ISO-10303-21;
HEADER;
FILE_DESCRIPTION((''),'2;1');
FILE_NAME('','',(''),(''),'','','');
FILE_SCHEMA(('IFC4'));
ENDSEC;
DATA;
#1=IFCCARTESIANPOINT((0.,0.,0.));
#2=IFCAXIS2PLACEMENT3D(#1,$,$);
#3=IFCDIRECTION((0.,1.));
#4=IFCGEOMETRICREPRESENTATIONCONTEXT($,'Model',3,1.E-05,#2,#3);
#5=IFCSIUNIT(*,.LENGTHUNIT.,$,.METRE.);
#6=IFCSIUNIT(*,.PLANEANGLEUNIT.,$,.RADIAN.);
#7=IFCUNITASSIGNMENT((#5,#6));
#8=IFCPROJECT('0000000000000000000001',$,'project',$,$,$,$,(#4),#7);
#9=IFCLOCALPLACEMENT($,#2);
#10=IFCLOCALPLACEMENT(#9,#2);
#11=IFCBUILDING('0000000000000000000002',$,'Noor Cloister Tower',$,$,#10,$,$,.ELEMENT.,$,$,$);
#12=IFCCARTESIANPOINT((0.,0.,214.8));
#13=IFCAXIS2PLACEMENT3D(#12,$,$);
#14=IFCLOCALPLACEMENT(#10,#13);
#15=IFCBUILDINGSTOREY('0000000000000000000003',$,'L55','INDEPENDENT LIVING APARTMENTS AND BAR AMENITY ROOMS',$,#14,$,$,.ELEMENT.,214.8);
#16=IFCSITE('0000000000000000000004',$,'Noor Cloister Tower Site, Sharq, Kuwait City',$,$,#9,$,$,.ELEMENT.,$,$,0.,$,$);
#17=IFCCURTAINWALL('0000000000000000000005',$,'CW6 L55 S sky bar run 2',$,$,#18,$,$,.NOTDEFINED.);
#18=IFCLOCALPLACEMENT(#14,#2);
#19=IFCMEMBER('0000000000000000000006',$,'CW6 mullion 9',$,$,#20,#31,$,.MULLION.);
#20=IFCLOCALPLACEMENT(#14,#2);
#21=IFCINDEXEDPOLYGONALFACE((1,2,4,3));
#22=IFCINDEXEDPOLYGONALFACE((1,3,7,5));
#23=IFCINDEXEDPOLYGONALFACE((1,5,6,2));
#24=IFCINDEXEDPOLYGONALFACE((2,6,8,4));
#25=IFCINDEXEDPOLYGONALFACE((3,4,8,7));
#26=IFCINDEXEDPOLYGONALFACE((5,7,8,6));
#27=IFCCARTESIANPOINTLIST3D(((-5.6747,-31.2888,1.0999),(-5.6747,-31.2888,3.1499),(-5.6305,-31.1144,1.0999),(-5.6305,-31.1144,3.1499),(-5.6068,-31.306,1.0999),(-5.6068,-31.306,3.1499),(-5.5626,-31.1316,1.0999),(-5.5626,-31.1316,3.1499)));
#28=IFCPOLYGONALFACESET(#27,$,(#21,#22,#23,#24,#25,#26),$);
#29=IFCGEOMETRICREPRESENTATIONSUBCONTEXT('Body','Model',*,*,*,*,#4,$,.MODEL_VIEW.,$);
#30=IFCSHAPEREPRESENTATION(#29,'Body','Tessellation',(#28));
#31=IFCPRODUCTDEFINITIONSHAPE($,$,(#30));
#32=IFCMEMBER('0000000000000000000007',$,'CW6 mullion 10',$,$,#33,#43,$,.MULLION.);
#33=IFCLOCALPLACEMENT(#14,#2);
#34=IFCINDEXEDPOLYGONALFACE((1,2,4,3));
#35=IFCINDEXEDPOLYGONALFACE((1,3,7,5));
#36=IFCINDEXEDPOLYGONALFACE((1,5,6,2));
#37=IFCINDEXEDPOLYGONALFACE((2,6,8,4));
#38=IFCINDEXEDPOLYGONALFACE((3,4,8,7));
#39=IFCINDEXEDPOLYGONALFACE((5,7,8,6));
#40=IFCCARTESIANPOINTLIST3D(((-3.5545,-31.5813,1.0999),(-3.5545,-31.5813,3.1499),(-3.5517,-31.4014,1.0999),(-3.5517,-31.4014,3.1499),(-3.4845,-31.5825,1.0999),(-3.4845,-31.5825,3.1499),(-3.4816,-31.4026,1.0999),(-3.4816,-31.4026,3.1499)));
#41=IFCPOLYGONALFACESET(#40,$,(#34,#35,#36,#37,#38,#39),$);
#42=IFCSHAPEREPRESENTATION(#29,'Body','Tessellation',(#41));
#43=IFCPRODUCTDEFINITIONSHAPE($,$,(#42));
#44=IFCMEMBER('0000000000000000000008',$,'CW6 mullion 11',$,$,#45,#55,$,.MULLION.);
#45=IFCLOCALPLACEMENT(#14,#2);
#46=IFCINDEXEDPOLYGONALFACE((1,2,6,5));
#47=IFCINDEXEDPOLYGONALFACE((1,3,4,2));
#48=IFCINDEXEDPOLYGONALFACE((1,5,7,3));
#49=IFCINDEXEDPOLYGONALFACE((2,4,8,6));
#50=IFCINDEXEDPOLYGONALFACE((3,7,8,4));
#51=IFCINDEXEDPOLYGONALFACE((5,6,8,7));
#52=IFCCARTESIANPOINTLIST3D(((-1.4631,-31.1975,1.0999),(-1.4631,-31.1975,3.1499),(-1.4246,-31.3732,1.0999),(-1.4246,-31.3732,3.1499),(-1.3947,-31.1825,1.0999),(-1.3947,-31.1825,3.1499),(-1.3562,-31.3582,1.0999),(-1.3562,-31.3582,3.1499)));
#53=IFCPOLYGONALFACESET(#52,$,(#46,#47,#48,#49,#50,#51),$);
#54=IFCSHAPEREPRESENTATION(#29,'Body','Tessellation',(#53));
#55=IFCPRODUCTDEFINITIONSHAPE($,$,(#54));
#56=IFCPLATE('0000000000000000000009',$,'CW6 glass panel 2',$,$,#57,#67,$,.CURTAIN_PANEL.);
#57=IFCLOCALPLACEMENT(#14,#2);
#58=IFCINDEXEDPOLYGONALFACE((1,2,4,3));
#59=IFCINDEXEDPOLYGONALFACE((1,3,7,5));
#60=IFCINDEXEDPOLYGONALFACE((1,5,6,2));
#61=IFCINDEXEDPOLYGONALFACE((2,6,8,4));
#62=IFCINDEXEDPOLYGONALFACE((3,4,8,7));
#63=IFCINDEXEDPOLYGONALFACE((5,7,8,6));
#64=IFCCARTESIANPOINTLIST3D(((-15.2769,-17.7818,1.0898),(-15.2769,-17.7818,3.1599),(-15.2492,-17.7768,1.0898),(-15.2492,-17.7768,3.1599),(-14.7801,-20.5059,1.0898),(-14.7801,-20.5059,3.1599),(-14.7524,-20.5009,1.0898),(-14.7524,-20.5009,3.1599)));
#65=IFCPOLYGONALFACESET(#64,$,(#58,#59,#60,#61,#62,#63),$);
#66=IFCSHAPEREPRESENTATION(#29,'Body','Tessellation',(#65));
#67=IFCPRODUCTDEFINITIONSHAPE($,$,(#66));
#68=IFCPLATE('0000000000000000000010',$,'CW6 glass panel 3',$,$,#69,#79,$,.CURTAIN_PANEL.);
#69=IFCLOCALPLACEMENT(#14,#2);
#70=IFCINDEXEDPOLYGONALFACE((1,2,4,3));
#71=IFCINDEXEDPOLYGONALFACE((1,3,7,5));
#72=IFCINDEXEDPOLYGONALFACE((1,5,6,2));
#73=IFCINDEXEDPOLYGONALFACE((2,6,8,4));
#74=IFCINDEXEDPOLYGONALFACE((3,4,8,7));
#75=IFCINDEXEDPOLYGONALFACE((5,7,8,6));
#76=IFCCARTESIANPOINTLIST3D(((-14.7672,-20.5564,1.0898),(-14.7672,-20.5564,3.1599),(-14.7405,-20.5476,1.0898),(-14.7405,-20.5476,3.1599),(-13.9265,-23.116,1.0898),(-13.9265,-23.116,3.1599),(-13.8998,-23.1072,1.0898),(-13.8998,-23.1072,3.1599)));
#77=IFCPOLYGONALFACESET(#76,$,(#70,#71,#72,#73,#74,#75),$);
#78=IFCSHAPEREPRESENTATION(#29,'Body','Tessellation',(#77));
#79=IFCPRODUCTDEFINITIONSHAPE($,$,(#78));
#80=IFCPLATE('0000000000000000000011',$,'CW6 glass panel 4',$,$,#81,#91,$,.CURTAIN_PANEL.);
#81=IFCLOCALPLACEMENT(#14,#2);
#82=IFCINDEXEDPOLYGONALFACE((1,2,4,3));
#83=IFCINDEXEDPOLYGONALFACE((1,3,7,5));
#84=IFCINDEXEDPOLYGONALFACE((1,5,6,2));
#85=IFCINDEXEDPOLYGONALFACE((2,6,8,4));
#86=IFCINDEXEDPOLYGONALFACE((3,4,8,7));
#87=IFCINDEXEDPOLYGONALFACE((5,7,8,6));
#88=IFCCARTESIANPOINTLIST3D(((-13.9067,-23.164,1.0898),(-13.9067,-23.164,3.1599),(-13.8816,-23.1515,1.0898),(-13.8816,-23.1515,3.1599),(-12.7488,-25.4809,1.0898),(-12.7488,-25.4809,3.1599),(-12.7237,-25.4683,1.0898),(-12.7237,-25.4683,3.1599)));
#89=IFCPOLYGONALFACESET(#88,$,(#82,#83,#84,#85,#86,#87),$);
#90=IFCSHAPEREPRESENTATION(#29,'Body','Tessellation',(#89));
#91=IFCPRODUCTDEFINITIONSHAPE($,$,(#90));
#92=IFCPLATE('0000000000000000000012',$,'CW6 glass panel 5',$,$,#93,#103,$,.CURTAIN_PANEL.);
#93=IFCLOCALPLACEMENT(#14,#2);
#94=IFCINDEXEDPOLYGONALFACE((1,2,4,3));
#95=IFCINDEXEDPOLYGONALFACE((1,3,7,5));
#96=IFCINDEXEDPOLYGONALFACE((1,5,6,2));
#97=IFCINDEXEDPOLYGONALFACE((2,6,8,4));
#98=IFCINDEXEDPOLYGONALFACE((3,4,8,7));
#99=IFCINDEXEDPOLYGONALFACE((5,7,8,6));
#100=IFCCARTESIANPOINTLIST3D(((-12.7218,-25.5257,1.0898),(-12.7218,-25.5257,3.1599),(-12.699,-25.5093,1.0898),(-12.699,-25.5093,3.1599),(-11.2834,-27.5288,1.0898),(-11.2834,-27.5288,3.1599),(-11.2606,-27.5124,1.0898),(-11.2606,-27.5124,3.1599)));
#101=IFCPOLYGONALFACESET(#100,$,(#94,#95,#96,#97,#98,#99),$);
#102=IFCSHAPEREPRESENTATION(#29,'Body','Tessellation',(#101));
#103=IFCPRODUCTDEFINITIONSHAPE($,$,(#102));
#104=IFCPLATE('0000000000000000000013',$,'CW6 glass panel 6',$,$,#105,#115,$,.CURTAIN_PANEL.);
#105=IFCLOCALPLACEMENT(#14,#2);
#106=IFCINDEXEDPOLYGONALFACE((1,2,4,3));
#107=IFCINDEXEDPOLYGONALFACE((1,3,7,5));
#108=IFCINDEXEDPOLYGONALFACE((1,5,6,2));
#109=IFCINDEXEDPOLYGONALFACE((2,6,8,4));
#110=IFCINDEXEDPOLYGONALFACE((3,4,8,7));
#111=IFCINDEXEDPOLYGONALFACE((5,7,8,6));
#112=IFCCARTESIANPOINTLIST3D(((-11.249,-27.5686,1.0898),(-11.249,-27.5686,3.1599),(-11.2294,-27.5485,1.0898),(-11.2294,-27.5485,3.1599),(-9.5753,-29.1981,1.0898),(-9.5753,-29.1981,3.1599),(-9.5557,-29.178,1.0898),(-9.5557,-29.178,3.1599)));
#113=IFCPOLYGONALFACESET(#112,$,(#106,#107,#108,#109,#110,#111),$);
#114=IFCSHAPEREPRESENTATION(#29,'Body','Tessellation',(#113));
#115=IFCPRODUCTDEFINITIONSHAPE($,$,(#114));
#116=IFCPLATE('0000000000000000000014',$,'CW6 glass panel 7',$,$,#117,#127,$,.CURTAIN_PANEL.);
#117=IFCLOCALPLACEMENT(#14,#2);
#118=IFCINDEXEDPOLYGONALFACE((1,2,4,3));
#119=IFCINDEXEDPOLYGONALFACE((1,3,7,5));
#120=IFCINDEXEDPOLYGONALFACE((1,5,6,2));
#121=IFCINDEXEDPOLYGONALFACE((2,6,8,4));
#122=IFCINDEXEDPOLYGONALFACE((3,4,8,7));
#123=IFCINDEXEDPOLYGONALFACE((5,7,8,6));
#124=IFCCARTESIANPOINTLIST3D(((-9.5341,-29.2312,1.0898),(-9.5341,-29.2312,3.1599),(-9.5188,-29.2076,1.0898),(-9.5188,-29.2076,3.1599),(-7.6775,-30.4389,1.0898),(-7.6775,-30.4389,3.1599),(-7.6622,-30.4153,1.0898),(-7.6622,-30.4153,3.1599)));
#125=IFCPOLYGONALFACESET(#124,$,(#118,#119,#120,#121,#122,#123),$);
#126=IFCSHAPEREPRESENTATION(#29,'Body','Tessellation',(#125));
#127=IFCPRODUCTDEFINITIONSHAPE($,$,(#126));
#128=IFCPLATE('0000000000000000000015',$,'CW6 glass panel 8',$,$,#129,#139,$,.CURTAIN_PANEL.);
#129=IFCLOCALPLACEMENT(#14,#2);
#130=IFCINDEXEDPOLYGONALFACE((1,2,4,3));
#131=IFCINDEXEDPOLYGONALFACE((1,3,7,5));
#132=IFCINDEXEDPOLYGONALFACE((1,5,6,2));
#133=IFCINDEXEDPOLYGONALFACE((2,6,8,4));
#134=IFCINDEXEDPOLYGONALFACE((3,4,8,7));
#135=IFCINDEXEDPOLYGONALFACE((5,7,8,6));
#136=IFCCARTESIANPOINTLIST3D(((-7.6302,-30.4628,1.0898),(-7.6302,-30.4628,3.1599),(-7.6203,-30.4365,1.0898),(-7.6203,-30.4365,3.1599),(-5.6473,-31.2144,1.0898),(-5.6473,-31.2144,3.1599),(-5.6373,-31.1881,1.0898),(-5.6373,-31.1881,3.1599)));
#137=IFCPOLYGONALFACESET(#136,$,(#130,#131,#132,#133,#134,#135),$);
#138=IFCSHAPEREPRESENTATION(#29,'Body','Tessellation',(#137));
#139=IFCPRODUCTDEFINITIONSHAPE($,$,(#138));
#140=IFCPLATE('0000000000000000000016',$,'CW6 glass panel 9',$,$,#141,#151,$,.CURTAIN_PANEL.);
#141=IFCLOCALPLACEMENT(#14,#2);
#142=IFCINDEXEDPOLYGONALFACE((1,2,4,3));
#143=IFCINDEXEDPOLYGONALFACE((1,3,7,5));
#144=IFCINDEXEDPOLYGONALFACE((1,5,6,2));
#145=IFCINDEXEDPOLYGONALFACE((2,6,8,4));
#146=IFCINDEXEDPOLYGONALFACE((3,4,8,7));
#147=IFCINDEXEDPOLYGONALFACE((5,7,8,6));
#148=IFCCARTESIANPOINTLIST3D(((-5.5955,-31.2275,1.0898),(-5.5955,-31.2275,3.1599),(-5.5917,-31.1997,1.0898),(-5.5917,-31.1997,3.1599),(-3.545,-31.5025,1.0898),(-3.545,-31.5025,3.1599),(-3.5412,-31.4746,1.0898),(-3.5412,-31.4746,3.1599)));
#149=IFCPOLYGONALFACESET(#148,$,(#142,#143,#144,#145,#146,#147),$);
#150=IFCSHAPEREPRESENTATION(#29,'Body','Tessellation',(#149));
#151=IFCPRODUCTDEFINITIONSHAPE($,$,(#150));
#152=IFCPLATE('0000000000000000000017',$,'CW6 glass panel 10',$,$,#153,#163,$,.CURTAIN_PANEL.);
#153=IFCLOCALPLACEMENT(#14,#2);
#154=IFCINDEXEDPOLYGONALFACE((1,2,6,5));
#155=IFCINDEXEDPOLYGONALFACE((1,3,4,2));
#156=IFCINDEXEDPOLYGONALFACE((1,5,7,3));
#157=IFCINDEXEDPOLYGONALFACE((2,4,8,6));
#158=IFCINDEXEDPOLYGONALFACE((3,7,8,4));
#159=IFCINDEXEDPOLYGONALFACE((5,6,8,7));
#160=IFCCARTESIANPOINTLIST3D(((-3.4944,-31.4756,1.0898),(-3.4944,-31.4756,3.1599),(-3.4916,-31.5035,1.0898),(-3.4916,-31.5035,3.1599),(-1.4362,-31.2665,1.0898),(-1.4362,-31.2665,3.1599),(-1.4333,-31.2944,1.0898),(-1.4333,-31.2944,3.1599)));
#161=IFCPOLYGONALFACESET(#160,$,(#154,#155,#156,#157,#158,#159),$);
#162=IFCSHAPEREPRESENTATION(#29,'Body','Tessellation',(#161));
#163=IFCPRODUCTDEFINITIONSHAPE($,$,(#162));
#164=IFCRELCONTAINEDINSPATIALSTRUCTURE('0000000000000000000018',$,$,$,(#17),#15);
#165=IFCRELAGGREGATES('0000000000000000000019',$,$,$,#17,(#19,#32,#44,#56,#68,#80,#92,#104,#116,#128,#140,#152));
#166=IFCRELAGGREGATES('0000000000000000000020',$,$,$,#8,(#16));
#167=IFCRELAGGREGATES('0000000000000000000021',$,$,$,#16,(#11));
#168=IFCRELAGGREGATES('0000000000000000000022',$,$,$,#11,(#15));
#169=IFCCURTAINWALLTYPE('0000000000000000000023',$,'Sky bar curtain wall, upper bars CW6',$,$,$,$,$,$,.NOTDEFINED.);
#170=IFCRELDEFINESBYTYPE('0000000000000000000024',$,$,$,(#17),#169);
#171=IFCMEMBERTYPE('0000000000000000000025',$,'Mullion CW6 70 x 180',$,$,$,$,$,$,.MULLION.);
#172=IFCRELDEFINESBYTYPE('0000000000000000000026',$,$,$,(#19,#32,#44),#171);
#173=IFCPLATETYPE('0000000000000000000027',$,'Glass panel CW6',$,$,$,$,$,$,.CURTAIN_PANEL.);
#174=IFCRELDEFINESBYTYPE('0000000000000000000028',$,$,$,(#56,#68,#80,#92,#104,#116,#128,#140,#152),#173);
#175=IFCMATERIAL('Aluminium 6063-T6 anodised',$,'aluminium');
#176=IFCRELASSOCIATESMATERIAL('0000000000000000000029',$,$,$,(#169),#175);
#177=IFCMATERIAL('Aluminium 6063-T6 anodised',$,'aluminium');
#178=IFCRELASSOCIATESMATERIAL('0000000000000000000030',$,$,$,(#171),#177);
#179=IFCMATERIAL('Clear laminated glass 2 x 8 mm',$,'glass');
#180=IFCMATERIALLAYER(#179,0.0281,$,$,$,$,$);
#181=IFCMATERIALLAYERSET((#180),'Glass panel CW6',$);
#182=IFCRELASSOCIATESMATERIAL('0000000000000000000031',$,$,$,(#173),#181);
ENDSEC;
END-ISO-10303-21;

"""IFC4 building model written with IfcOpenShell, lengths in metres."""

from ifc_helpers import new_model, si_unit, direction, frame, origin, origin_2d, place, context, subcontext, project, spatial, rectangle, extrude, material, layer, layer_set, material_profile, profile_set, type_object, element, aggregate, save


model = new_model("IFC4")

# Units and contexts
model_context = context("Model", 3, precision=1e-05, world=origin(), true_north=direction((0.0, 1.0)))
body_context = subcontext(model_context, "Body", "Model", "MODEL_VIEW")
ifc_project = project(units=[si_unit("LENGTHUNIT", "METRE"), si_unit("PLANEANGLEUNIT", "RADIAN")], contexts=[model_context])

# Site, building, storey
site_placement = place(None, origin())
site = spatial("IfcSite", under=ifc_project, at=site_placement, Name="Noor Cloister Tower Site, Sharq, Kuwait City", CompositionType="ELEMENT", RefElevation=0.0)
building_placement = place(site_placement, origin())
building = spatial("IfcBuilding", under=site, at=building_placement, Name="Noor Cloister Tower", CompositionType="ELEMENT")
storey_placement = place(building_placement, frame((0.0, 0.0, 214.8)))
storey = spatial("IfcBuildingStorey", under=building, at=storey_placement, Name="L55", Description="INDEPENDENT LIVING APARTMENTS AND BAR AMENITY ROOMS", CompositionType="ELEMENT", Elevation=214.8)

# Curtain wall, members, plates
ifc_material_1 = material(Name="Aluminium 6063-T6 anodised", Category="aluminium")
curtain_wall_type = type_object("IfcCurtainWallType", Name="Sky bar curtain wall, upper bars CW6", PredefinedType="NOTDEFINED", material=ifc_material_1)
curtain_wall_placement = place(storey_placement, origin())
curtain_wall = element("IfcCurtainWall", 1, at=curtain_wall_placement, inside=storey, type_object=curtain_wall_type, Name="CW6 L55 S sky bar run 2", PredefinedType="NOTDEFINED")
ifc_material_2 = material(Name="Aluminium 6063-T6 anodised", Category="aluminium")
ifc_material_profile_1 = material_profile(ifc_material_2, rectangle(XDim=0.1799, YDim=0.0701, at=origin_2d()), Name="180 x 70 mullion")
ifc_profile_set_1 = profile_set([ifc_material_profile_1], Name="Aluminium 6063-T6 anodised")
member_type = type_object("IfcMemberType", Name="Mullion CW6 70 x 180", PredefinedType="MULLION", material=ifc_profile_set_1)
member_1_placement = place(storey_placement, frame((-5.6187, -31.2102, 1.0999), z_axis=(0.0, 0.0, 1.0), x_axis=(0.245277, 0.969453, 0.0)))
member_1 = element("IfcMember", 2, at=member_1_placement, type_object=member_type, Name="CW6 mullion 9", PredefinedType="MULLION", context=body_context, shape_type="SweptSolid", body=[
    extrude(rectangle(XDim=0.1799, YDim=0.0701, at=origin_2d()), origin(), (0.0, 0.0, 1.0), 2.05),
])
member_2_placement = place(storey_placement, frame((-3.5181, -31.4919, 1.0999), z_axis=(0.0, 0.0, 1.0), x_axis=(0.016039, 0.999871, 0.0)))
member_2 = element("IfcMember", 3, at=member_2_placement, type_object=member_type, Name="CW6 mullion 10", PredefinedType="MULLION", context=body_context, shape_type="SweptSolid", body=[
    extrude(rectangle(XDim=0.1799, YDim=0.0701, at=origin_2d()), origin(), (0.0, 0.0, 1.0), 2.05),
])
member_3_placement = place(storey_placement, frame((-1.4097, -31.2778, 1.0999), z_axis=(0.0, 0.0, 1.0), x_axis=(-0.214056, 0.976821, 0.0)))
member_3 = element("IfcMember", 4, at=member_3_placement, type_object=member_type, Name="CW6 mullion 11", PredefinedType="MULLION", context=body_context, shape_type="SweptSolid", body=[
    extrude(rectangle(XDim=0.1799, YDim=0.0701, at=origin_2d()), origin(), (0.0, 0.0, 1.0), 2.05),
])
ifc_material_3 = material(Name="Clear laminated glass 2 x 8 mm", Category="glass")
ifc_layer_1 = layer(ifc_material_3, 0.0281)
ifc_layer_set_1 = layer_set([ifc_layer_1], Name="Glass panel CW6")
plate_type = type_object("IfcPlateType", Name="Glass panel CW6", PredefinedType="CURTAIN_PANEL", material=ifc_layer_set_1)
plate_1_placement = place(storey_placement, frame((-15.0146, -19.1414, 1.0898), z_axis=(0.0, 0.0, 1.0), x_axis=(0.17941, -0.983774, 0.0)))
plate_1 = element("IfcPlate", 5, at=plate_1_placement, type_object=plate_type, Name="CW6 glass panel 2", PredefinedType="CURTAIN_PANEL", context=body_context, shape_type="SweptSolid", body=[
    extrude(rectangle(XDim=2.769, YDim=0.0281, at=origin_2d()), origin(), (0.0, 0.0, 1.0), 2.0701),
])
plate_2_placement = place(storey_placement, frame((-14.3335, -21.8318, 1.0898), z_axis=(0.0, 0.0, 1.0), x_axis=(0.312038, -0.950069, 0.0)))
plate_2 = element("IfcPlate", 6, at=plate_2_placement, type_object=plate_type, Name="CW6 glass panel 3", PredefinedType="CURTAIN_PANEL", context=body_context, shape_type="SweptSolid", body=[
    extrude(rectangle(XDim=2.6941, YDim=0.0281, at=origin_2d()), origin(), (0.0, 0.0, 1.0), 2.0701),
])
plate_3_placement = place(storey_placement, frame((-13.3152, -24.3162, 1.0898), z_axis=(0.0, 0.0, 1.0), x_axis=(0.447069, -0.894499, 0.0)))
plate_3 = element("IfcPlate", 7, at=plate_3_placement, type_object=plate_type, Name="CW6 glass panel 4", PredefinedType="CURTAIN_PANEL", context=body_context, shape_type="SweptSolid", body=[
    extrude(rectangle(XDim=2.5901, YDim=0.0281, at=origin_2d()), origin(), (0.0, 0.0, 1.0), 2.0701),
])
plate_4_placement = place(storey_placement, frame((-11.9912, -26.519, 1.0898), z_axis=(0.0, 0.0, 1.0), x_axis=(0.583263, -0.812283, 0.0)))
plate_4 = element("IfcPlate", 8, at=plate_4_placement, type_object=plate_type, Name="CW6 glass panel 5", PredefinedType="CURTAIN_PANEL", context=body_context, shape_type="SweptSolid", body=[
    extrude(rectangle(XDim=2.4661, YDim=0.0281, at=origin_2d()), origin(), (0.0, 0.0, 1.0), 2.0701),
])
plate_5_placement = place(storey_placement, frame((-10.4023, -28.3733, 1.0898), z_axis=(0.0, 0.0, 1.0), x_axis=(0.716495, -0.697592, 0.0)))
plate_5 = element("IfcPlate", 9, at=plate_5_placement, type_object=plate_type, Name="CW6 glass panel 6", PredefinedType="CURTAIN_PANEL", context=body_context, shape_type="SweptSolid", body=[
    extrude(rectangle(XDim=2.3359, YDim=0.0281, at=origin_2d()), origin(), (0.0, 0.0, 1.0), 2.0701),
])
plate_6_placement = place(storey_placement, frame((-8.5981, -29.8232, 1.0898), z_axis=(0.0, 0.0, 1.0), x_axis=(0.838256, -0.545277, 0.0)))
plate_6 = element("IfcPlate", 10, at=plate_6_placement, type_object=plate_type, Name="CW6 glass panel 7", PredefinedType="CURTAIN_PANEL", context=body_context, shape_type="SweptSolid", body=[
    extrude(rectangle(XDim=2.2148, YDim=0.0281, at=origin_2d()), origin(), (0.0, 0.0, 1.0), 2.0701),
])
plate_7_placement = place(storey_placement, frame((-6.6338, -30.8254, 1.0898), z_axis=(0.0, 0.0, 1.0), x_axis=(0.935082, -0.35443, 0.0)))
plate_7 = element("IfcPlate", 11, at=plate_7_placement, type_object=plate_type, Name="CW6 glass panel 8", PredefinedType="CURTAIN_PANEL", context=body_context, shape_type="SweptSolid", body=[
    extrude(rectangle(XDim=2.1206, YDim=0.0281, at=origin_2d()), origin(), (0.0, 0.0, 1.0), 2.0701),
])
plate_8_placement = place(storey_placement, frame((-4.5684, -31.3511, 1.0898), z_axis=(0.0, 0.0, 1.0), x_axis=(0.991128, -0.132911, 0.0)))
plate_8 = element("IfcPlate", 12, at=plate_8_placement, type_object=plate_type, Name="CW6 glass panel 9", PredefinedType="CURTAIN_PANEL", context=body_context, shape_type="SweptSolid", body=[
    extrude(rectangle(XDim=2.0688, YDim=0.0281, at=origin_2d()), origin(), (0.0, 0.0, 1.0), 2.0701),
])
plate_9_placement = place(storey_placement, frame((-2.4639, -31.385, 1.0898), z_axis=(0.0, 0.0, 1.0), x_axis=(0.994881, 0.101053, 0.0)))
plate_9 = element("IfcPlate", 13, at=plate_9_placement, type_object=plate_type, Name="CW6 glass panel 10", PredefinedType="CURTAIN_PANEL", context=body_context, shape_type="SweptSolid", body=[
    extrude(rectangle(XDim=2.0688, YDim=0.0281, at=origin_2d()), origin(), (0.0, 0.0, 1.0), 2.0701),
])
aggregate(curtain_wall, [member_1, member_2, member_3, plate_1, plate_2, plate_3, plate_4, plate_5, plate_6, plate_7, plate_8, plate_9])

save(model, "model.ifc")
